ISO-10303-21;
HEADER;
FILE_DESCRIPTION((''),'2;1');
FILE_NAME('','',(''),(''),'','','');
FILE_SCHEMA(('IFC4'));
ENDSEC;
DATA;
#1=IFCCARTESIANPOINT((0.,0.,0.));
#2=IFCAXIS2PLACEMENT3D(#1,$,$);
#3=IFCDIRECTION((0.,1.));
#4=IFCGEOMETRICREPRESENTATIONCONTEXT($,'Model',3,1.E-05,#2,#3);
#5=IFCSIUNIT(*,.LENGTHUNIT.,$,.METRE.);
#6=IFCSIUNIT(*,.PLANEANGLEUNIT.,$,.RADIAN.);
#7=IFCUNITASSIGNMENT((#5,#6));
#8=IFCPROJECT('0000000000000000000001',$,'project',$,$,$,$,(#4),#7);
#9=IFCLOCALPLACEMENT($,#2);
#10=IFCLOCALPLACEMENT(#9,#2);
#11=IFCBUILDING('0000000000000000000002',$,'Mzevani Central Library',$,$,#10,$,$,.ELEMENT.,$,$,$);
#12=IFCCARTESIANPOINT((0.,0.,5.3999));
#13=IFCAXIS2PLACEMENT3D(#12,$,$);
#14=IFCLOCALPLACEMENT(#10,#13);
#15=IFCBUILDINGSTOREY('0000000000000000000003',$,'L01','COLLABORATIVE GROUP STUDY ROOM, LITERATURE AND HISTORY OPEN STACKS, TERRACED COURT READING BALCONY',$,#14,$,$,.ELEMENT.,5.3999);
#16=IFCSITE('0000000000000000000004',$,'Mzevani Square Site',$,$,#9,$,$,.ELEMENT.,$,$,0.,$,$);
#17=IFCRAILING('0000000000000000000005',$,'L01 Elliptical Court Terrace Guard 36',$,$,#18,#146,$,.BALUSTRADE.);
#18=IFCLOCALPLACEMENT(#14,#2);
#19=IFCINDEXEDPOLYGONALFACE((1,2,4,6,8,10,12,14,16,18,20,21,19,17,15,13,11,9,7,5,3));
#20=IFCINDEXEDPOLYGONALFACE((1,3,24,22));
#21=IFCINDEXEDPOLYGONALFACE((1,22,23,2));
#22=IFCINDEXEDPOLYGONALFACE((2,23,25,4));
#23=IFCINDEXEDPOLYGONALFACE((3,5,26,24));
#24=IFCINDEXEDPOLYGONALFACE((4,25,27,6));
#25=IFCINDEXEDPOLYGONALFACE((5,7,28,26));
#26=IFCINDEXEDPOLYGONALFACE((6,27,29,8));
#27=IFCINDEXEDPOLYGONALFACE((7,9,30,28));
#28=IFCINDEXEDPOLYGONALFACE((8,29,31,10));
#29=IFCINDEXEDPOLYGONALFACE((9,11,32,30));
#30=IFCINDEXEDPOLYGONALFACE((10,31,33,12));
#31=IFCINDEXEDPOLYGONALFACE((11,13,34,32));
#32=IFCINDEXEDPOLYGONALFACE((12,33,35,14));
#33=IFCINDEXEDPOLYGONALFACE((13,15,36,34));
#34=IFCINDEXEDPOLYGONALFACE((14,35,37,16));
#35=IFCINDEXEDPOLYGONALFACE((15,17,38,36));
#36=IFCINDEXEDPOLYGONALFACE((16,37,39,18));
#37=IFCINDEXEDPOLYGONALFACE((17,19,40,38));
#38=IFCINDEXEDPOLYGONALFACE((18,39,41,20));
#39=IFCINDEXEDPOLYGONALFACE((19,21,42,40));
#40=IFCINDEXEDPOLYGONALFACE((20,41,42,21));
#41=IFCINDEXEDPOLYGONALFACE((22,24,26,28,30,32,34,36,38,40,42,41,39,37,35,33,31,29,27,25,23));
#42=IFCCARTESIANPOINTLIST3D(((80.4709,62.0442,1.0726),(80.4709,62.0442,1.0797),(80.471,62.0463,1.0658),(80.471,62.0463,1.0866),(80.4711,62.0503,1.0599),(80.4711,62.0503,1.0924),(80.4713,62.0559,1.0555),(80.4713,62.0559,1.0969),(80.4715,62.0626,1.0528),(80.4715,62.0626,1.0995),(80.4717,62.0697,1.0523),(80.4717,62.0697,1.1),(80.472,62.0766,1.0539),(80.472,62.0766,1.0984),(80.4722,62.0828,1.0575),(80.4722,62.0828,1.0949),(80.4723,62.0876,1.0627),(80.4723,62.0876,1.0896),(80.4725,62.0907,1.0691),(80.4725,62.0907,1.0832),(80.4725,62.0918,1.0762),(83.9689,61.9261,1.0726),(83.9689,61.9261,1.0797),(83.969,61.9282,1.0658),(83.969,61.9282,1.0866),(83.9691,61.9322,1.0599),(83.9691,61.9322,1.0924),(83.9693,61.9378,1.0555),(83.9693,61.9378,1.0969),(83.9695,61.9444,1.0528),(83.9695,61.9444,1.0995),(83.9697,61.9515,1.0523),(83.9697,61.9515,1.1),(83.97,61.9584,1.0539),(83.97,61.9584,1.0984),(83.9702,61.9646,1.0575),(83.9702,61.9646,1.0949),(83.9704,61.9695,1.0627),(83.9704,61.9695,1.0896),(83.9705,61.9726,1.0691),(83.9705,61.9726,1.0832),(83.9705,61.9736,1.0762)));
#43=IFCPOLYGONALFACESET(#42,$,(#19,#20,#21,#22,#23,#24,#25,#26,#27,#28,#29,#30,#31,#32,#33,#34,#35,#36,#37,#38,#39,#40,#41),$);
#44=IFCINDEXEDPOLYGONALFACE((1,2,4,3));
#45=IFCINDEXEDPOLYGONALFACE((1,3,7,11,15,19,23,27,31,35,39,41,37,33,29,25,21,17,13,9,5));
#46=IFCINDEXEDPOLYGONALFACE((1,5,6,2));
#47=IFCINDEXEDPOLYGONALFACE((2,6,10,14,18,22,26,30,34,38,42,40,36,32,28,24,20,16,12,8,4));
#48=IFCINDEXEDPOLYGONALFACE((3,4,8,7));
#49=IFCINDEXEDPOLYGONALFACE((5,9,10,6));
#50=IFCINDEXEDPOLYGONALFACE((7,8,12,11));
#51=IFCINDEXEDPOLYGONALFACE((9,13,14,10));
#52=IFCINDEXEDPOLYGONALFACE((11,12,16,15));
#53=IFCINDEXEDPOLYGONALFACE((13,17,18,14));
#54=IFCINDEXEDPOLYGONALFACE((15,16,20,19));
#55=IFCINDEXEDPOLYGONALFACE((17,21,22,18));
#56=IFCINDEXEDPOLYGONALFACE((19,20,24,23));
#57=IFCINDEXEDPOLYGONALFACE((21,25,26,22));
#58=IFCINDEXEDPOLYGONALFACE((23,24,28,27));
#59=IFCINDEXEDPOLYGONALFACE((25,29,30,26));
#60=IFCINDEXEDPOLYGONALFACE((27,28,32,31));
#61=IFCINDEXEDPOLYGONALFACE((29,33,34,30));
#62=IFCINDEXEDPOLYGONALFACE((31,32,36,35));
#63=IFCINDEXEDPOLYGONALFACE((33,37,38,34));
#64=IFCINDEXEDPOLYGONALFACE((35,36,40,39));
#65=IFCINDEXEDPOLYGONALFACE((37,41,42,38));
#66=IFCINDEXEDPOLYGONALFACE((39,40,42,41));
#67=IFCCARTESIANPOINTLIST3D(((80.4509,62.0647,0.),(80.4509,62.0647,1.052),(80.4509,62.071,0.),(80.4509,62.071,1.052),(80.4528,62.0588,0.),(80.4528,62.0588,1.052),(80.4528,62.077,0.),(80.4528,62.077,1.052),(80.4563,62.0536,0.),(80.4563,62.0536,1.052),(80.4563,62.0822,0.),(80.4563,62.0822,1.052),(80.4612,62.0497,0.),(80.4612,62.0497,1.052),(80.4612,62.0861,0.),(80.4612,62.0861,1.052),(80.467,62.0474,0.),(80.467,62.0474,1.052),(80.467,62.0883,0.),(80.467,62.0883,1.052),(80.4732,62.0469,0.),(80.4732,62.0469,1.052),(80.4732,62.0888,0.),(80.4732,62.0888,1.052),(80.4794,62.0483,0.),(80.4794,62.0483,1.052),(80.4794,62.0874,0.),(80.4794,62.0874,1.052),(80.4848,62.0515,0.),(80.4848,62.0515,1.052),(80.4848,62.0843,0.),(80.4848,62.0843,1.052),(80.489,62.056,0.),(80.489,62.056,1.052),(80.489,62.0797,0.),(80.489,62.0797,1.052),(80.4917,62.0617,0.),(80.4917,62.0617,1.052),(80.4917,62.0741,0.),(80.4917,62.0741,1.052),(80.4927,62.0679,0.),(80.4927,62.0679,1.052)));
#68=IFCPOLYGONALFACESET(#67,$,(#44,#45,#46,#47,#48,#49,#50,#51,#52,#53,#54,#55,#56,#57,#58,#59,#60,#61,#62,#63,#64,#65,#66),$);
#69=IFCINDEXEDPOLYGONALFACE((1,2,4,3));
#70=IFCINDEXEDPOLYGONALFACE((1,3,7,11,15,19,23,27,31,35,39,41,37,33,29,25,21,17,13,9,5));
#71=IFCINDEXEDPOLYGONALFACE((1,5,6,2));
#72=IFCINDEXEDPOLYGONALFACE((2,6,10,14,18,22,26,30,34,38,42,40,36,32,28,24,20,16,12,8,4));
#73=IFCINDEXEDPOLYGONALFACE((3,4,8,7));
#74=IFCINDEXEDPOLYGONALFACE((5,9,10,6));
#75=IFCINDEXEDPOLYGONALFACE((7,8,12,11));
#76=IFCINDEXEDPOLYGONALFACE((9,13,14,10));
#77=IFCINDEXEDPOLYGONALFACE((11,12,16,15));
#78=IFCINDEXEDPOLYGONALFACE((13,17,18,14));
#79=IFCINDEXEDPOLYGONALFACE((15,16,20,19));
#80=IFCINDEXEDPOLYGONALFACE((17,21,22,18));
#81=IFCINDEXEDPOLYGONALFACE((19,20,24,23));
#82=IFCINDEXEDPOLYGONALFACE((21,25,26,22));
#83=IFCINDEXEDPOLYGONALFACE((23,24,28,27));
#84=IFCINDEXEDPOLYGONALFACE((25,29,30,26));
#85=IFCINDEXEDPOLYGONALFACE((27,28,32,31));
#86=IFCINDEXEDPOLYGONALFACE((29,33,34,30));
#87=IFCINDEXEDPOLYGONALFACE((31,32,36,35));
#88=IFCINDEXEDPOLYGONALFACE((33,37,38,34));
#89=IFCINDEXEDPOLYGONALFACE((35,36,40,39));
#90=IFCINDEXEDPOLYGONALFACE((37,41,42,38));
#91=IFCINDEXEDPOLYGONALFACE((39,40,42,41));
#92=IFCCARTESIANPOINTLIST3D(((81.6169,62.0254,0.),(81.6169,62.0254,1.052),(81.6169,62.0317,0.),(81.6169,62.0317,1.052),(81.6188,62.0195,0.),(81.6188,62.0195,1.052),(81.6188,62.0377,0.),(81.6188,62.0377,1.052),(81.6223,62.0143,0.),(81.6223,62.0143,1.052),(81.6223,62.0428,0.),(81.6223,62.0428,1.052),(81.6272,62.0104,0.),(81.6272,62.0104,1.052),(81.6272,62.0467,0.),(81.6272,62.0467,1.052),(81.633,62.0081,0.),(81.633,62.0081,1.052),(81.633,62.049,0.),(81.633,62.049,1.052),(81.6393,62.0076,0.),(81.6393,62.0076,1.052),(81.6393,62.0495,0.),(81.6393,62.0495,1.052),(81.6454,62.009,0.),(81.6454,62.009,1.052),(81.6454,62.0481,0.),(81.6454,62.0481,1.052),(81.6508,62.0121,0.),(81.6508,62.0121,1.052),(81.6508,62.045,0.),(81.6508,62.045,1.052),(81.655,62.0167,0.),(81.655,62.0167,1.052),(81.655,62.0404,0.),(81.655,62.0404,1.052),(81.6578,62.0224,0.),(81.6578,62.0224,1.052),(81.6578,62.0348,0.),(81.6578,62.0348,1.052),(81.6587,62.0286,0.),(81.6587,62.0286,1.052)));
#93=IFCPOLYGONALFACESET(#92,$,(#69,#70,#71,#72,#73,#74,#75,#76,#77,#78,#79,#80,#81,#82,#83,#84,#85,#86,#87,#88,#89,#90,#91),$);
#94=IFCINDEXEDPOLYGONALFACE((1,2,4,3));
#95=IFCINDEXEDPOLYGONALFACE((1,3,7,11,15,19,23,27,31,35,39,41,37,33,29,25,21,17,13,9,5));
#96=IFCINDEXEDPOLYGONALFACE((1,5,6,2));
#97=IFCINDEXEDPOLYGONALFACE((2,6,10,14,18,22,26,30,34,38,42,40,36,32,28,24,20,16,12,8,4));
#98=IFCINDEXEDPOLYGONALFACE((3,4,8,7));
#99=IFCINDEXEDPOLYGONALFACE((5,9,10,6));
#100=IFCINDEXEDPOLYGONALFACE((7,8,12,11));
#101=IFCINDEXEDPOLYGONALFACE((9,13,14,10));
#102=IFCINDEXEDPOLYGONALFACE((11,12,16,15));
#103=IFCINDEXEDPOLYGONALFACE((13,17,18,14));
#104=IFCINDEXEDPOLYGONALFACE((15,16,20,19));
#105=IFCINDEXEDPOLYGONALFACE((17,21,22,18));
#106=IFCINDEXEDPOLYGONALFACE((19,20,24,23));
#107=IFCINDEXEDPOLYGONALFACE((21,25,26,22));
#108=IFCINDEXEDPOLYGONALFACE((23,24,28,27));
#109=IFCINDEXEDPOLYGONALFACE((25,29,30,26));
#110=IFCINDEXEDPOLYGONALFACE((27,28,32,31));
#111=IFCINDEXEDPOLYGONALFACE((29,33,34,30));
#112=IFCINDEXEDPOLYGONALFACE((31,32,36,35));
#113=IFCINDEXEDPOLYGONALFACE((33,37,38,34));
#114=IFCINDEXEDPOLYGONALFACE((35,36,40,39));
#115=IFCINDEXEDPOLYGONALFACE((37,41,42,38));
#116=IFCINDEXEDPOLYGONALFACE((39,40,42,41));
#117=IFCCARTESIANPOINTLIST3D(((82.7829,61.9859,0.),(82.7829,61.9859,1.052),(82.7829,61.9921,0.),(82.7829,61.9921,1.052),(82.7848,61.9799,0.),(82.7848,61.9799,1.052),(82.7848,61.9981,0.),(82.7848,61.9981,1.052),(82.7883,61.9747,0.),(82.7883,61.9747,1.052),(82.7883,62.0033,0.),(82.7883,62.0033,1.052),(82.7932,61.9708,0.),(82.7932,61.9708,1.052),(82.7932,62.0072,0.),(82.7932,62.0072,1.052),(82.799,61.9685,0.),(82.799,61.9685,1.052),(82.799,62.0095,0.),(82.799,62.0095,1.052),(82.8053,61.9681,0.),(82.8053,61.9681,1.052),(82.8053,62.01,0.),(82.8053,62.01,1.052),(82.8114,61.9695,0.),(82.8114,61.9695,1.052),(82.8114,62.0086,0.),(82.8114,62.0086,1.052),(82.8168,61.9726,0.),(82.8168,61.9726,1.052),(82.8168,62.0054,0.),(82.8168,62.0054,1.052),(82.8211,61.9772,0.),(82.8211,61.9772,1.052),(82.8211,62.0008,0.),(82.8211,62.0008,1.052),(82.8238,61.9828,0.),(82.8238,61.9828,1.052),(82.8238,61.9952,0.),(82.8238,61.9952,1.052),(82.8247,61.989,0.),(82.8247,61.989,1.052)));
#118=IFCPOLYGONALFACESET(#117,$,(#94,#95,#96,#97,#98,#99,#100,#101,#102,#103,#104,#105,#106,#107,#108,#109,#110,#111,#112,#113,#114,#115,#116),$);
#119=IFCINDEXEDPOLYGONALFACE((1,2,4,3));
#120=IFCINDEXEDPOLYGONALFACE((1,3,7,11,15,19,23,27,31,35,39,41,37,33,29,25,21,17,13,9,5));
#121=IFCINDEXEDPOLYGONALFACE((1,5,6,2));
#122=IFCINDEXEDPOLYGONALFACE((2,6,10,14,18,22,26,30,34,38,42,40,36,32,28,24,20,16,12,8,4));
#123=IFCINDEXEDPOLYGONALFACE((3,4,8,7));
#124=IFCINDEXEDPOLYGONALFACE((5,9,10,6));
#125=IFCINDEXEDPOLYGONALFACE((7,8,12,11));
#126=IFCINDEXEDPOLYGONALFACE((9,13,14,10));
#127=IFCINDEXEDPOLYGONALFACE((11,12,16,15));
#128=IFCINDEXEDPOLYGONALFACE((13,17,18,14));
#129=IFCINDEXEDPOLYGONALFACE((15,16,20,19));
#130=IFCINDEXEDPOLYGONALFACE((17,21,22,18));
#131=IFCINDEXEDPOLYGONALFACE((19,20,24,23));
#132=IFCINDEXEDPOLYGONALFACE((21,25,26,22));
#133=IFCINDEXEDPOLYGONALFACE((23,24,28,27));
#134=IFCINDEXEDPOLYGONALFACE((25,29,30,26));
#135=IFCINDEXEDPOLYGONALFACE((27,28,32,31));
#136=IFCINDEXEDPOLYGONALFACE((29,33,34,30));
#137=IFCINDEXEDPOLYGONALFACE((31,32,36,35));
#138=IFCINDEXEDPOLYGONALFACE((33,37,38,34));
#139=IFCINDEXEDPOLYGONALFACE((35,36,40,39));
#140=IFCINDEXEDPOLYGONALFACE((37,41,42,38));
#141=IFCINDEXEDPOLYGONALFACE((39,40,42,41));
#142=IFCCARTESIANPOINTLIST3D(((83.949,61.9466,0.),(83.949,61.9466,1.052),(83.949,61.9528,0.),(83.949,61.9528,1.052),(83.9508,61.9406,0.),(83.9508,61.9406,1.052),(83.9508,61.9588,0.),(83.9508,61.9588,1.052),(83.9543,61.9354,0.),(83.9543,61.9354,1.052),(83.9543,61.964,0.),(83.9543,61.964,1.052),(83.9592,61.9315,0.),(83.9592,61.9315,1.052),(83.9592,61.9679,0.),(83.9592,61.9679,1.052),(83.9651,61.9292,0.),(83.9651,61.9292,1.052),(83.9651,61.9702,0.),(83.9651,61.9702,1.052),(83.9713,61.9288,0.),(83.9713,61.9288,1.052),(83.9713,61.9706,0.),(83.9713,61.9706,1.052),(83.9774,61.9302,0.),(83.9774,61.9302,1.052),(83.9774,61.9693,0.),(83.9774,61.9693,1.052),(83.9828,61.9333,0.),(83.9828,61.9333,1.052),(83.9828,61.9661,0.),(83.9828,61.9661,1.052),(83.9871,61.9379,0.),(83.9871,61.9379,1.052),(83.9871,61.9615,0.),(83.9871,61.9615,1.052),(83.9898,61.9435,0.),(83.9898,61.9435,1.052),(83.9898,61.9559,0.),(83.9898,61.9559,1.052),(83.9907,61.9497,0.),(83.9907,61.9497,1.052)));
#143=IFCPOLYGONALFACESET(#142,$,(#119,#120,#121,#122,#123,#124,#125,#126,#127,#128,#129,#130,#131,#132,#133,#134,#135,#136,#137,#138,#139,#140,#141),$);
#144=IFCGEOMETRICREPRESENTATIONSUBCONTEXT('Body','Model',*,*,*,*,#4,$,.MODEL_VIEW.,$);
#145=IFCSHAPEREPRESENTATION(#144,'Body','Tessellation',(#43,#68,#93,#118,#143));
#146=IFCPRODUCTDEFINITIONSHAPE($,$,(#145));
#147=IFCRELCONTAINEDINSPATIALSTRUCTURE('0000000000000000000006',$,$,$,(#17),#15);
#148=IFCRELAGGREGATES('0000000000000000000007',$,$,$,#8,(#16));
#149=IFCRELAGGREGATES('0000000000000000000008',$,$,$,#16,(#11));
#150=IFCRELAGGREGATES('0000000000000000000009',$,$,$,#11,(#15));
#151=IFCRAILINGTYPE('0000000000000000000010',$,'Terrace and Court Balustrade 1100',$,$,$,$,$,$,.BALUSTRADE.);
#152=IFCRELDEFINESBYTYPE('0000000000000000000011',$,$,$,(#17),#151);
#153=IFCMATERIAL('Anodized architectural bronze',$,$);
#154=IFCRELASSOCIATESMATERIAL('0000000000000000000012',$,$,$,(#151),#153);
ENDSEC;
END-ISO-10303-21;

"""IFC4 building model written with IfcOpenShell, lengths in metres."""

from ifc_helpers import new_model, si_unit, direction, frame, origin, origin_2d, place, context, subcontext, project, spatial, circle, extrude, material, type_object, element, save


model = new_model("IFC4")

# Units and contexts
model_context = context("Model", 3, precision=1e-05, world=origin(), true_north=direction((0.0, 1.0)))
body_context = subcontext(model_context, "Body", "Model", "MODEL_VIEW")
ifc_project = project(units=[si_unit("LENGTHUNIT", "METRE"), si_unit("PLANEANGLEUNIT", "RADIAN")], contexts=[model_context])

# Site, building, storey
site_placement = place(None, origin())
site = spatial("IfcSite", under=ifc_project, at=site_placement, Name="Mzevani Square Site", CompositionType="ELEMENT", RefElevation=0.0)
building_placement = place(site_placement, origin())
building = spatial("IfcBuilding", under=site, at=building_placement, Name="Mzevani Central Library", CompositionType="ELEMENT")
storey_placement = place(building_placement, frame((0.0, 0.0, 5.3999)))
storey = spatial("IfcBuildingStorey", under=building, at=storey_placement, Name="L01", Description="COLLABORATIVE GROUP STUDY ROOM, LITERATURE AND HISTORY OPEN STACKS, TERRACED COURT READING BALCONY", CompositionType="ELEMENT", Elevation=5.3999)

# Railing
ifc_material_1 = material(Name="Anodized architectural bronze")
railing_type = type_object("IfcRailingType", Name="Terrace and Court Balustrade 1100", PredefinedType="BALUSTRADE", material=ifc_material_1)
railing_1_placement = place(storey_placement, frame((80.4717, 62.0679, 0.0)))
element("IfcRailing", 1, at=railing_1_placement, inside=storey, type_object=railing_type, Name="L01 Elliptical Court Terrace Guard 36", PredefinedType="BALUSTRADE", context=body_context, shape_type="SweptSolid", body=[
    extrude(circle(Radius=0.0239, at=origin_2d()), frame((0.0, 0.0, 1.0762), z_axis=(0.99943, -0.033761, 0.0), x_axis=(0.033761, 0.99943, 0.0)), (0.0, 0.0, 1.0), 3.5),
    extrude(circle(Radius=0.021, at=origin_2d()), origin(), (0.0, 0.0, 1.0), 1.052),
    extrude(circle(Radius=0.021, at=origin_2d()), frame((1.166, -0.0393, 0.0)), (0.0, 0.0, 1.0), 1.052),
    extrude(circle(Radius=0.021, at=origin_2d()), frame((2.332, -0.0789, 0.0)), (0.0, 0.0, 1.0), 1.052),
    extrude(circle(Radius=0.021, at=origin_2d()), frame((3.498, -0.1182, 0.0)), (0.0, 0.0, 1.0), 1.052),
])

save(model, "model.ifc")
